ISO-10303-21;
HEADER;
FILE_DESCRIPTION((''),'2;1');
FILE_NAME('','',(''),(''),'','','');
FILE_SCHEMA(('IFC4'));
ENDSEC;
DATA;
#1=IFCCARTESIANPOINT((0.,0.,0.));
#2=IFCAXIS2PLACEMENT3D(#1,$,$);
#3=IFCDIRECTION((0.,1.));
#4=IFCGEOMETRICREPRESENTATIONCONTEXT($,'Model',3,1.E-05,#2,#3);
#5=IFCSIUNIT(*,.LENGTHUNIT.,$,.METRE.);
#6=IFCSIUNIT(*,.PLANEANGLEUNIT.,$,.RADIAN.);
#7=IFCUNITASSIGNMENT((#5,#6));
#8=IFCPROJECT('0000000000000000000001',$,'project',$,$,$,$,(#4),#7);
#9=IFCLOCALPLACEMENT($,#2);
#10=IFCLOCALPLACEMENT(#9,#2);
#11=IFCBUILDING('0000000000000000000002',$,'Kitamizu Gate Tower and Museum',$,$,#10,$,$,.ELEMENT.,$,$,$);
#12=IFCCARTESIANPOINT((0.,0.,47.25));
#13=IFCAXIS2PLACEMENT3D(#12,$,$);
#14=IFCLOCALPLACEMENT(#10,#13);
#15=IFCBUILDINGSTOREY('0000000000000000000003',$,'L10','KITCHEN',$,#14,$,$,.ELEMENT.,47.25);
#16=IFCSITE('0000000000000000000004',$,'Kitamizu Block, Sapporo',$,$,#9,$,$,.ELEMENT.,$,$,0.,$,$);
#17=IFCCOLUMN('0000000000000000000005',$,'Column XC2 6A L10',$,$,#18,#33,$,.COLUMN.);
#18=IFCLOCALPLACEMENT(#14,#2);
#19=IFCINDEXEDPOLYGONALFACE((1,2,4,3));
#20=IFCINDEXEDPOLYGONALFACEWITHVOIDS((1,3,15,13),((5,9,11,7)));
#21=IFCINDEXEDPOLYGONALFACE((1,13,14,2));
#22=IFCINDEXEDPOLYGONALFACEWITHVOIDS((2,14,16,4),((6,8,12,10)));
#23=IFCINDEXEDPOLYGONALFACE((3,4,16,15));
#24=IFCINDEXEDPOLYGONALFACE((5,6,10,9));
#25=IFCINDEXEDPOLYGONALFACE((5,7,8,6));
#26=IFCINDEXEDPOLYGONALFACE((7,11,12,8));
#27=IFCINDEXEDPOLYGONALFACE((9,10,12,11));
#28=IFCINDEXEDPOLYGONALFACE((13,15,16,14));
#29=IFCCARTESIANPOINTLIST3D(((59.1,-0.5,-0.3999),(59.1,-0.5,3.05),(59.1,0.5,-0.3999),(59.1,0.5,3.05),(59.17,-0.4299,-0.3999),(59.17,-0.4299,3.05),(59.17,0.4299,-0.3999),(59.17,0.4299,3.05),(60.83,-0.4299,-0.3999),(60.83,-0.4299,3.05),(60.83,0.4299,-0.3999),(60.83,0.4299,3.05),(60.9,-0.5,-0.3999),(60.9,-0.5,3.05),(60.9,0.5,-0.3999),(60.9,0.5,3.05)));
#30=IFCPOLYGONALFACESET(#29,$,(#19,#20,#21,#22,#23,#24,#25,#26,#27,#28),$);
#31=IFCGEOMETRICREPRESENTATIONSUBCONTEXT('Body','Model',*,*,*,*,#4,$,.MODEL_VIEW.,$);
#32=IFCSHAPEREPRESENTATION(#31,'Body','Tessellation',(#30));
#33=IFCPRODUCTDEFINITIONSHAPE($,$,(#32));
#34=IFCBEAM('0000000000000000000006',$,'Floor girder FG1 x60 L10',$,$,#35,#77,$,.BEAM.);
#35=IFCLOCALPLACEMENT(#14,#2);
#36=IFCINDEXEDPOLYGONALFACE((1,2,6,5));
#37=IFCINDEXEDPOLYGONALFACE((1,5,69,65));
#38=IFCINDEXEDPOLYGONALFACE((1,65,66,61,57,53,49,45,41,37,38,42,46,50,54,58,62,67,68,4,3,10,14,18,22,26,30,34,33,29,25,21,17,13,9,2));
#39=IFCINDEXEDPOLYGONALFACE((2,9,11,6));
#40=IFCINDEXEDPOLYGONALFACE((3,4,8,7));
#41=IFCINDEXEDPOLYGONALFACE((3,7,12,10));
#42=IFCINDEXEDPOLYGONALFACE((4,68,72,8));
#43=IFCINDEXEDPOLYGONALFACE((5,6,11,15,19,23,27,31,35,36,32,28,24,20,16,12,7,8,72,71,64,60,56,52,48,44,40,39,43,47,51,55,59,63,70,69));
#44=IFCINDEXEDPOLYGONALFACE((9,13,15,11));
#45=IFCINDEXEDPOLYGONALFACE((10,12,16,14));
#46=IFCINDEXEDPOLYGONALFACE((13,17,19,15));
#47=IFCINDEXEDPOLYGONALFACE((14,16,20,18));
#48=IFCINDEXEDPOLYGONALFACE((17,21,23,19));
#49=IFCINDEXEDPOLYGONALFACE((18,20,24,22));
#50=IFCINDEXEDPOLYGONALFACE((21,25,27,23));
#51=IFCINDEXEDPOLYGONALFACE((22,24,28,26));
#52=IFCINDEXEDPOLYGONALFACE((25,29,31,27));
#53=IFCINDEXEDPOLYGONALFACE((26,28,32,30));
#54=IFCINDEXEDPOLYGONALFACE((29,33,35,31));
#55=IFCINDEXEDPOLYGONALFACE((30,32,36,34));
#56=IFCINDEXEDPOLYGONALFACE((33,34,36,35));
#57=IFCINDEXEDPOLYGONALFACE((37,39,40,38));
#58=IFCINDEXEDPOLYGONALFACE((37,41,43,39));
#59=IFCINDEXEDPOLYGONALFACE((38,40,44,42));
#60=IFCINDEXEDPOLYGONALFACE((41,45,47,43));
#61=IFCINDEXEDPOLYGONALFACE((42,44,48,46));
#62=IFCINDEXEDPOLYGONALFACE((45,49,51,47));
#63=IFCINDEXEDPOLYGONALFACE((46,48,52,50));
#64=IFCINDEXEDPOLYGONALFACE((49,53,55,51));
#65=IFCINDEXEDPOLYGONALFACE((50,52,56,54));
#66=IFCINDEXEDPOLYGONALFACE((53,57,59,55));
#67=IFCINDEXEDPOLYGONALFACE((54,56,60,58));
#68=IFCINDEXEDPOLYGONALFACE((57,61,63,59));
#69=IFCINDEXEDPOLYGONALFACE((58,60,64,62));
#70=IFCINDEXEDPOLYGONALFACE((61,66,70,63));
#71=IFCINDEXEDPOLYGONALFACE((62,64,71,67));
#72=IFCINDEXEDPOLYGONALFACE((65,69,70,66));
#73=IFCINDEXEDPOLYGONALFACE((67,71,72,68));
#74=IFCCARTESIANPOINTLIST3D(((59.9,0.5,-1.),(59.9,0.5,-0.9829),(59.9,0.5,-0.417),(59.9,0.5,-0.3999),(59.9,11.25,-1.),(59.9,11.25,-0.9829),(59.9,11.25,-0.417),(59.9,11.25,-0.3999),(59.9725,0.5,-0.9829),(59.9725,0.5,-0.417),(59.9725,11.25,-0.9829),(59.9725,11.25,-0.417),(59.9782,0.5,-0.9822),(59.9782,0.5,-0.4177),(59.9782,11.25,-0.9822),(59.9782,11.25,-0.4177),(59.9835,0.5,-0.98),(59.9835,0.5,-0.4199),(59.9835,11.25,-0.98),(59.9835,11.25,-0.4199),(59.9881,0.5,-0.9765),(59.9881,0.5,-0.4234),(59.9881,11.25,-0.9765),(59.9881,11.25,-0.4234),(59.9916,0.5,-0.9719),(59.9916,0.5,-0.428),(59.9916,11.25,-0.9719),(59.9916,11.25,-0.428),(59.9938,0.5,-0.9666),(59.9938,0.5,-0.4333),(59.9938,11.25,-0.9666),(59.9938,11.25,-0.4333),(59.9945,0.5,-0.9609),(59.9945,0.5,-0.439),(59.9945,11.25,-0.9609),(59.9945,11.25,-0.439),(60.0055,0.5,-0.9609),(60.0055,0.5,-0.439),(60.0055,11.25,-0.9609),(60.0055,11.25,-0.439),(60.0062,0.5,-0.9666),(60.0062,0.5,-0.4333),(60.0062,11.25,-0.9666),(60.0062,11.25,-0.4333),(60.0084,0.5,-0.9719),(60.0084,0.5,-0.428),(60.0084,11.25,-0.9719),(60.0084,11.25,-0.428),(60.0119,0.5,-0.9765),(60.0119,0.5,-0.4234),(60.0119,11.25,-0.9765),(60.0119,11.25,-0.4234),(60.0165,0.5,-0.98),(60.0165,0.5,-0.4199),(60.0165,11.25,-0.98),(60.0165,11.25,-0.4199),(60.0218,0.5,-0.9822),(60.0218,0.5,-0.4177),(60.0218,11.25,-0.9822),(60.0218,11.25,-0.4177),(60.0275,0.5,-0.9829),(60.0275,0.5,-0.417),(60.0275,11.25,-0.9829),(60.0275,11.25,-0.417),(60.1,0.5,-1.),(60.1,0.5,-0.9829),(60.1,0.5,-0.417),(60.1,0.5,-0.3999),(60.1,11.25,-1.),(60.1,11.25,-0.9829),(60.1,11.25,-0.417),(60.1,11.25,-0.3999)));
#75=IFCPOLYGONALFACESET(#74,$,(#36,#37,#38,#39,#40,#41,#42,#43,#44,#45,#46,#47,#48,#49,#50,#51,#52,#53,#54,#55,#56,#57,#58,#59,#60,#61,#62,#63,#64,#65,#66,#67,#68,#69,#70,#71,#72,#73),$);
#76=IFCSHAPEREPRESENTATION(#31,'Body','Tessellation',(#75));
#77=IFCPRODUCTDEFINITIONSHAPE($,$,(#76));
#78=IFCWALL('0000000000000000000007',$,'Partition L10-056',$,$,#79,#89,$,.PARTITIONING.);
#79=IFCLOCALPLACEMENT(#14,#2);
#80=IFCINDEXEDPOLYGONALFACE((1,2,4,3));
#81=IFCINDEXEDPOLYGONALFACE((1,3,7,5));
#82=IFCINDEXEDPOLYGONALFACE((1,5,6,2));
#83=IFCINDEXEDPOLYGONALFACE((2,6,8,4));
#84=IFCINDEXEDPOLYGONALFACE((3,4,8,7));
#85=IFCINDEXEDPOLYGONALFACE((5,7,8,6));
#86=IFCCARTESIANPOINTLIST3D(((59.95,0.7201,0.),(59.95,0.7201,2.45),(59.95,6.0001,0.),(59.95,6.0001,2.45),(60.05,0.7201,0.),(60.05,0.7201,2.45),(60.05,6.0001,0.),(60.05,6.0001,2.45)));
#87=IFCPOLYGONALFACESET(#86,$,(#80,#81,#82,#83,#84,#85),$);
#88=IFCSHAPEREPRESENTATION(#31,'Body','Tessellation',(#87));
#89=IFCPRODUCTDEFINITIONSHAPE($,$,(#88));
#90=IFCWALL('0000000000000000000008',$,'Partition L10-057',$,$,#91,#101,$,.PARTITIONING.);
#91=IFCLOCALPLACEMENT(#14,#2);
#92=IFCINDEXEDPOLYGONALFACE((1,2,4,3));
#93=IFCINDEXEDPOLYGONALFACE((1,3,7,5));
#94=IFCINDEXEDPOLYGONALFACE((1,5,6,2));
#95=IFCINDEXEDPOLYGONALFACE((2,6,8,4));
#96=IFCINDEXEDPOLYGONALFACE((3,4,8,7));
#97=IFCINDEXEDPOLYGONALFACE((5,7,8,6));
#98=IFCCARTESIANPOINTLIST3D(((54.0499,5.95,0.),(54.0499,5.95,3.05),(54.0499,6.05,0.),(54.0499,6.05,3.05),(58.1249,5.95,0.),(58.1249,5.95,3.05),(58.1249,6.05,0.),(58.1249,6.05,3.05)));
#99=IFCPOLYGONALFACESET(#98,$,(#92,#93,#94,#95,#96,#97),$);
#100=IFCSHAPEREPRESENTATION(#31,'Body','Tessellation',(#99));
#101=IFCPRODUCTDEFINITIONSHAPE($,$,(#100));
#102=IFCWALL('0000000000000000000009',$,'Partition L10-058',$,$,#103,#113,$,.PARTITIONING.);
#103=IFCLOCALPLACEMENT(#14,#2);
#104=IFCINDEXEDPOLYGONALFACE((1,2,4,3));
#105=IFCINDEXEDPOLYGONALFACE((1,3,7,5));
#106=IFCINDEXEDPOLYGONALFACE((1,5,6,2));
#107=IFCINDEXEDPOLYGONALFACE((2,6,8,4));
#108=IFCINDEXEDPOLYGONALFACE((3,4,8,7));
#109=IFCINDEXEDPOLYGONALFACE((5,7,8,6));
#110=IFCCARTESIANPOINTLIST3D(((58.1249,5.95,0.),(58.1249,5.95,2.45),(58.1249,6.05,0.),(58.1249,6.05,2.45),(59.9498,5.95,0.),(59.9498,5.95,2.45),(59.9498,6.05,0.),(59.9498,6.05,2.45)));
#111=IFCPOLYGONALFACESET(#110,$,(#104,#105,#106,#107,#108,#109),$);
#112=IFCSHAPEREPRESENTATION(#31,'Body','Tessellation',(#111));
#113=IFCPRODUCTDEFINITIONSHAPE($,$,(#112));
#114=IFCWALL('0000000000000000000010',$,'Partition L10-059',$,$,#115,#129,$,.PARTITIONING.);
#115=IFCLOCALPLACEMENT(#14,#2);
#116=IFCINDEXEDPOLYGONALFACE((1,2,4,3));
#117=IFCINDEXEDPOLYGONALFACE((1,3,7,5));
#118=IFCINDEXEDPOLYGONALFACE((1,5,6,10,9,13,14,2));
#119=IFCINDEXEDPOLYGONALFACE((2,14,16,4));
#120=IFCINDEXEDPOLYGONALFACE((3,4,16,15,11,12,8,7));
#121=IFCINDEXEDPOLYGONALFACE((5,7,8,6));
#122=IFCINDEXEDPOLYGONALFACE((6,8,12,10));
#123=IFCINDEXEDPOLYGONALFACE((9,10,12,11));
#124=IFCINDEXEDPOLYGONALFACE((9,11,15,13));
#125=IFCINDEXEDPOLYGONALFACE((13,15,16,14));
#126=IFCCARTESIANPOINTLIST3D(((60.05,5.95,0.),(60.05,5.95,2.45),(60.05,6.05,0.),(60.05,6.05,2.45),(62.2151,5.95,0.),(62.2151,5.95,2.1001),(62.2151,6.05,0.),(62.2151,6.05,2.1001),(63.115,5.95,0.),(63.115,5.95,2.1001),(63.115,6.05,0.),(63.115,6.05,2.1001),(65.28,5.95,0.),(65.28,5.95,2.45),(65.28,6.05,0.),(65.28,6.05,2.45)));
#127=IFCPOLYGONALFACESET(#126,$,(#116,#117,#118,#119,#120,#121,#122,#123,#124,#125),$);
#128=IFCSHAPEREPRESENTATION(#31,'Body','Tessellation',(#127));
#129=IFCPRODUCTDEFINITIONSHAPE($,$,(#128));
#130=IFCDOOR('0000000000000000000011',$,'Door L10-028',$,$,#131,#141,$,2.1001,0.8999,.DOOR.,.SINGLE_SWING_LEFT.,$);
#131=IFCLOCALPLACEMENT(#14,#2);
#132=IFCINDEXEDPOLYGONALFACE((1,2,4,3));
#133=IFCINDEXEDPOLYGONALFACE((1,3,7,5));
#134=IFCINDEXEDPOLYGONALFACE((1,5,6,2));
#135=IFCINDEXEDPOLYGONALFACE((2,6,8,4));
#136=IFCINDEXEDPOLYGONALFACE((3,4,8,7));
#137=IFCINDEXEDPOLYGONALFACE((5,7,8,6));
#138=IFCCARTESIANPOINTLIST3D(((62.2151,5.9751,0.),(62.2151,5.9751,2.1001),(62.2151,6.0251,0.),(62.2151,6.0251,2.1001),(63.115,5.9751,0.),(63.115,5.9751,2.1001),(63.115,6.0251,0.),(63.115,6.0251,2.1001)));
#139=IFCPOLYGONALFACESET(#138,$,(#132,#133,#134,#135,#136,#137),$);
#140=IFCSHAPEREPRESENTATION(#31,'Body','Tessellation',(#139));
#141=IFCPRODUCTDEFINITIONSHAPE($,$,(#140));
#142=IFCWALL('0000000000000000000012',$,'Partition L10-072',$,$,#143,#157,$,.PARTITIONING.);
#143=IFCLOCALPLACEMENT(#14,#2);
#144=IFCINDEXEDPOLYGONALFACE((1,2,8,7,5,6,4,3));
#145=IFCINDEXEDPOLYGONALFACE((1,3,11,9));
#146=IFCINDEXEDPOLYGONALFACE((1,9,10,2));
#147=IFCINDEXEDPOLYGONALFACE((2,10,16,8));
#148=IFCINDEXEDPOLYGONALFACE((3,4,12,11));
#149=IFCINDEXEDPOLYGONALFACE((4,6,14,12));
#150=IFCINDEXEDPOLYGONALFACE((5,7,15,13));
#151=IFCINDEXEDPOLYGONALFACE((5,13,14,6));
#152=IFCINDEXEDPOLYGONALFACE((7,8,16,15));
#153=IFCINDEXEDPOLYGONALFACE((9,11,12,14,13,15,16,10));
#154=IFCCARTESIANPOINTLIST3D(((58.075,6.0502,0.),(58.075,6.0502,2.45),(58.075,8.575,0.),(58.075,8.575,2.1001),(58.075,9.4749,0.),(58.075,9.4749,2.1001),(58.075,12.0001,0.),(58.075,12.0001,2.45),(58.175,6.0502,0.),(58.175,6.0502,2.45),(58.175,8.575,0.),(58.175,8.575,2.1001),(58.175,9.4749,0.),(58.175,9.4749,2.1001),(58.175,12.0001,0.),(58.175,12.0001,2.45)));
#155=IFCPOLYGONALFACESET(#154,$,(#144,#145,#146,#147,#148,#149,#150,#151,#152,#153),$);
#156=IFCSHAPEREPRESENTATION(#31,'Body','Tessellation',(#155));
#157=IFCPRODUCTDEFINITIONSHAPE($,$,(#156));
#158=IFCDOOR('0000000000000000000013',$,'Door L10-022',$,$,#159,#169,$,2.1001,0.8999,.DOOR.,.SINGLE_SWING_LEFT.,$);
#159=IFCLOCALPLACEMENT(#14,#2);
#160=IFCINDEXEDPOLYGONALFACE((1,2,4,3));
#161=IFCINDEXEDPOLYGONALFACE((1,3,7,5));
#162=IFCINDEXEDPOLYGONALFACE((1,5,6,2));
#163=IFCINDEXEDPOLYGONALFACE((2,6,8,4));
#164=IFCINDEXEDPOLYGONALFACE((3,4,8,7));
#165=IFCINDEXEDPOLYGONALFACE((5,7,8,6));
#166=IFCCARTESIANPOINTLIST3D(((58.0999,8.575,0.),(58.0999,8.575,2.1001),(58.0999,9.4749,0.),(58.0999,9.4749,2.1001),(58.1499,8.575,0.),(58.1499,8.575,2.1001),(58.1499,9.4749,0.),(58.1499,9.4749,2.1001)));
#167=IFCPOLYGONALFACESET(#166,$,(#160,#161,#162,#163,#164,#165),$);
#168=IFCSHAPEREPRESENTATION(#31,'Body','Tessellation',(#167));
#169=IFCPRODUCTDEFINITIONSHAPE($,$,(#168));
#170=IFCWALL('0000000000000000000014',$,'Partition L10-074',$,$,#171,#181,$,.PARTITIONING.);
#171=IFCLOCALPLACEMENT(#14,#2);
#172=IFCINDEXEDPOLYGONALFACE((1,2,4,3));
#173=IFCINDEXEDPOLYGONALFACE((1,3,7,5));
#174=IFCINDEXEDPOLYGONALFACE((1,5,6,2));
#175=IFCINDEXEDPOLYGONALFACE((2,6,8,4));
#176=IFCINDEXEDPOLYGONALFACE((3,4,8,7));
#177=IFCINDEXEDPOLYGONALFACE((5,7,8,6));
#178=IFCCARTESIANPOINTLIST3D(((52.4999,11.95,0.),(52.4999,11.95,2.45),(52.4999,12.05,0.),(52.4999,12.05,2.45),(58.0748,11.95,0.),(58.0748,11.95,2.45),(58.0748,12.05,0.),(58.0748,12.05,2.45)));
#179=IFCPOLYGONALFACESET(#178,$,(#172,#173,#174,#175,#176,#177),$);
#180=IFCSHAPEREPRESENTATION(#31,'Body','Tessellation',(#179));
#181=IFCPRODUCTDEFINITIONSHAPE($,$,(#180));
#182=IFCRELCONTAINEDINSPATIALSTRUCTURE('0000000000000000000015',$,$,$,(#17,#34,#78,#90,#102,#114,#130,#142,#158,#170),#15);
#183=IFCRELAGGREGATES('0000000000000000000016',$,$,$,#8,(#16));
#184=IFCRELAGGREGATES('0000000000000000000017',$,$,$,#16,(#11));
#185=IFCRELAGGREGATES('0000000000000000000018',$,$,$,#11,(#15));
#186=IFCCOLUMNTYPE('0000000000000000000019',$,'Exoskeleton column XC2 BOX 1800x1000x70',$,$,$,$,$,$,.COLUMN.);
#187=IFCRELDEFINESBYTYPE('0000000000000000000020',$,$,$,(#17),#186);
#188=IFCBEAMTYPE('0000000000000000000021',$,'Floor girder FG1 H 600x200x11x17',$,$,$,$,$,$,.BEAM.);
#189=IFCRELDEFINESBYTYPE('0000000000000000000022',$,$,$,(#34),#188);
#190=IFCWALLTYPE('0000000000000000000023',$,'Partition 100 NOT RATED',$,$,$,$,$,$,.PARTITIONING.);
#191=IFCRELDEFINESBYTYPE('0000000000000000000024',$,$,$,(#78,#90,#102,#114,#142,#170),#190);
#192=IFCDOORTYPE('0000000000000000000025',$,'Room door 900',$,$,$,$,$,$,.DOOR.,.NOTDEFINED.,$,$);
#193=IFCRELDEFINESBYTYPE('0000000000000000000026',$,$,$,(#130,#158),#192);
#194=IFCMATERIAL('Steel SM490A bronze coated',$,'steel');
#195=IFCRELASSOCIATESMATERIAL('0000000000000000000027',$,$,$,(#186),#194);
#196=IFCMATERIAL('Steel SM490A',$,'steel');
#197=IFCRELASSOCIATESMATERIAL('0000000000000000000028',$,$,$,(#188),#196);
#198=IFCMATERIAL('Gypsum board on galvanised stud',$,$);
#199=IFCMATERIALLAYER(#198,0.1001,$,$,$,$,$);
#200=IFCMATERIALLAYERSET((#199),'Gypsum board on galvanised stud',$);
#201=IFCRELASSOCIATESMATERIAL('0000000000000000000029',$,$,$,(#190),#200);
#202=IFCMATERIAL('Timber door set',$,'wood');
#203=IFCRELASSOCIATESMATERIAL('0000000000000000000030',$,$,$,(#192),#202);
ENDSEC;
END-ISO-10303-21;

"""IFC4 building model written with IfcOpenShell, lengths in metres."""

from ifc_helpers import new_model, si_unit, direction, frame, frame_2d, origin, origin_2d, place, context, subcontext, project, spatial, rectangle, hollow_rectangle, i_section, extrude, material, layer, layer_set, material_profile, profile_set, type_object, element, fill, save


model = new_model("IFC4")

# Units and contexts
model_context = context("Model", 3, precision=1e-05, world=origin(), true_north=direction((0.0, 1.0)))
body_context = subcontext(model_context, "Body", "Model", "MODEL_VIEW")
ifc_project = project(units=[si_unit("LENGTHUNIT", "METRE"), si_unit("PLANEANGLEUNIT", "RADIAN")], contexts=[model_context])

# Site, building, storey
site_placement = place(None, origin())
site = spatial("IfcSite", under=ifc_project, at=site_placement, Name="Kitamizu Block, Sapporo", CompositionType="ELEMENT", RefElevation=0.0)
building_placement = place(site_placement, origin())
building = spatial("IfcBuilding", under=site, at=building_placement, Name="Kitamizu Gate Tower and Museum", CompositionType="ELEMENT")
storey_placement = place(building_placement, frame((0.0, 0.0, 47.25)))
storey = spatial("IfcBuildingStorey", under=building, at=storey_placement, Name="L10", Description="KITCHEN", CompositionType="ELEMENT", Elevation=47.25)

# Column
ifc_material_1 = material(Name="Steel SM490A bronze coated", Category="steel")
ifc_material_profile_1 = material_profile(ifc_material_1, hollow_rectangle(XDim=1.8, YDim=1.0, WallThickness=0.0701, at=origin_2d()), Name="BOX 1800x1000x70")
ifc_profile_set_1 = profile_set([ifc_material_profile_1], Name="Steel SM490A bronze coated")
column_type = type_object("IfcColumnType", Name="Exoskeleton column XC2 BOX 1800x1000x70", PredefinedType="COLUMN", material=ifc_profile_set_1)
column_placement = place(storey_placement, frame((60.0, 0.0, -0.3999), z_axis=(0.0, 0.0, 1.0), x_axis=(1.0, 0.0, 0.0)))
element("IfcColumn", 1, at=column_placement, inside=storey, type_object=column_type, Name="Column XC2 6A L10", PredefinedType="COLUMN", context=body_context, shape_type="SweptSolid", body=[
    extrude(hollow_rectangle(XDim=1.8, YDim=1.0, WallThickness=0.0701, at=origin_2d()), origin(), (0.0, 0.0, 1.0), 3.45),
])

# Beam
ifc_material_2 = material(Name="Steel SM490A", Category="steel")
ifc_material_profile_2 = material_profile(ifc_material_2, i_section(OverallWidth=0.2, OverallDepth=0.6001, WebThickness=0.011, FlangeThickness=0.0171, FilletRadius=0.022, at=origin_2d()), Name="H-600x200x11x17")
ifc_profile_set_2 = profile_set([ifc_material_profile_2], Name="Steel SM490A")
beam_type = type_object("IfcBeamType", Name="Floor girder FG1 H 600x200x11x17", PredefinedType="BEAM", material=ifc_profile_set_2)
beam_placement = place(storey_placement, frame((60.0, 0.5, -0.7), z_axis=(0.0, 1.0, 0.0), x_axis=(-1.0, 0.0, 0.0)))
element("IfcBeam", 2, at=beam_placement, inside=storey, type_object=beam_type, Name="Floor girder FG1 x60 L10", PredefinedType="BEAM", context=body_context, shape_type="SweptSolid", body=[
    extrude(i_section(OverallWidth=0.2, OverallDepth=0.6001, WebThickness=0.011, FlangeThickness=0.0171, FilletRadius=0.022, at=origin_2d()), origin(), (0.0, 0.0, 1.0), 10.75),
])

# Walls
ifc_material_3 = material(Name="Gypsum board on galvanised stud")
ifc_layer_1 = layer(ifc_material_3, 0.1001)
ifc_layer_set_1 = layer_set([ifc_layer_1], Name="Gypsum board on galvanised stud")
wall_type_1 = type_object("IfcWallType", Name="Partition 100 NOT RATED", PredefinedType="PARTITIONING", material=ifc_layer_set_1)
wall_1_placement = place(storey_placement, frame((60.0, 0.72, 0.0), z_axis=(0.0, 0.0, 1.0), x_axis=(0.0, 1.0, 0.0)))
element("IfcWall", 3, at=wall_1_placement, inside=storey, type_object=wall_type_1, Name="Partition L10-056", PredefinedType="PARTITIONING", context=body_context, shape_type="SweptSolid", body=[
    extrude(rectangle(XDim=5.28, YDim=0.1001, at=frame_2d((2.6401, 0.0))), origin(), (0.0, 0.0, 1.0), 2.45),
])
wall_2_placement = place(storey_placement, frame((58.125, 6.0, 0.0), z_axis=(0.0, 0.0, 1.0), x_axis=(-1.0, 0.0, 0.0)))
element("IfcWall", 4, at=wall_2_placement, inside=storey, type_object=wall_type_1, Name="Partition L10-057", PredefinedType="PARTITIONING", context=body_context, shape_type="SweptSolid", body=[
    extrude(rectangle(XDim=4.075, YDim=0.1001, at=frame_2d((2.0376, 0.0))), origin(), (0.0, 0.0, 1.0), 3.05),
])
wall_3_placement = place(storey_placement, frame((59.95, 6.0, 0.0), z_axis=(0.0, 0.0, 1.0), x_axis=(-1.0, 0.0, 0.0)))
element("IfcWall", 5, at=wall_3_placement, inside=storey, type_object=wall_type_1, Name="Partition L10-058", PredefinedType="PARTITIONING", context=body_context, shape_type="SweptSolid", body=[
    extrude(rectangle(XDim=1.825, YDim=0.1001, at=frame_2d((0.9126, 0.0))), origin(), (0.0, 0.0, 1.0), 2.45),
])

# Walls, openings, doors
wall_4_placement = place(storey_placement, frame((65.28, 6.0, 0.0), z_axis=(0.0, 0.0, 1.0), x_axis=(-1.0, 0.0, 0.0)))
wall_4 = element("IfcWall", 6, at=wall_4_placement, inside=storey, type_object=wall_type_1, Name="Partition L10-059", PredefinedType="PARTITIONING", context=body_context, shape_type="SweptSolid", body=[
    extrude(rectangle(XDim=5.23, YDim=0.1001, at=frame_2d((2.615, 0.0))), origin(), (0.0, 0.0, 1.0), 2.45),
])
opening_1_placement = place(wall_4_placement, frame((2.165, 0.0, 0.0)))
opening_1 = element("IfcOpeningElement", 7, at=opening_1_placement, cuts=wall_4, PredefinedType="OPENING", context=body_context, shape_type="SweptSolid", body=[
    extrude(rectangle(XDim=0.8999, YDim=2.1001, at=frame_2d((0.45, 1.05))), frame((0.0, 0.0601, 0.0), z_axis=(0.0, -1.0, 0.0), x_axis=(1.0, 0.0, 0.0)), (0.0, 0.0, 1.0), 0.1201),
])
ifc_material_4 = material(Name="Timber door set", Category="wood")
door_type = type_object("IfcDoorType", Name="Room door 900", OperationType="NOTDEFINED", PredefinedType="DOOR", material=ifc_material_4)
door_1_placement = place(opening_1_placement, origin())
door_1 = element("IfcDoor", 8, at=door_1_placement, inside=storey, type_object=door_type, Name="Door L10-028", OperationType="SINGLE_SWING_LEFT", OverallHeight=2.1001, OverallWidth=0.8999, PredefinedType="DOOR", context=body_context, shape_type="SweptSolid", body=[
    extrude(rectangle(XDim=0.8999, YDim=2.1001, at=frame_2d((0.45, 1.05))), frame((0.0, 0.0249, 0.0), z_axis=(0.0, -1.0, 0.0), x_axis=(1.0, 0.0, 0.0)), (0.0, 0.0, 1.0), 0.05),
])
fill(opening_1, door_1)
wall_5_placement = place(storey_placement, frame((58.125, 6.05, 0.0), z_axis=(0.0, 0.0, 1.0), x_axis=(0.0, 1.0, 0.0)))
wall_5 = element("IfcWall", 9, at=wall_5_placement, inside=storey, type_object=wall_type_1, Name="Partition L10-072", PredefinedType="PARTITIONING", context=body_context, shape_type="SweptSolid", body=[
    extrude(rectangle(XDim=5.95, YDim=0.1001, at=frame_2d((2.9751, 0.0))), origin(), (0.0, 0.0, 1.0), 2.45),
])
opening_2_placement = place(wall_5_placement, frame((2.5249, 0.0, 0.0)))
opening_2 = element("IfcOpeningElement", 10, at=opening_2_placement, cuts=wall_5, PredefinedType="OPENING", context=body_context, shape_type="SweptSolid", body=[
    extrude(rectangle(XDim=0.8999, YDim=2.1001, at=frame_2d((0.45, 1.05))), frame((0.0, 0.0601, 0.0), z_axis=(0.0, -1.0, 0.0), x_axis=(1.0, 0.0, 0.0)), (0.0, 0.0, 1.0), 0.1201),
])
door_2_placement = place(opening_2_placement, frame((0.8999, 0.0, 0.0), x_axis=(-1.0, 0.0, 0.0)))
door_2 = element("IfcDoor", 11, at=door_2_placement, inside=storey, type_object=door_type, Name="Door L10-022", OperationType="SINGLE_SWING_LEFT", OverallHeight=2.1001, OverallWidth=0.8999, PredefinedType="DOOR", context=body_context, shape_type="SweptSolid", body=[
    extrude(rectangle(XDim=0.8999, YDim=2.1001, at=frame_2d((0.45, 1.05))), frame((0.0, 0.0249, 0.0), z_axis=(0.0, -1.0, 0.0), x_axis=(1.0, 0.0, 0.0)), (0.0, 0.0, 1.0), 0.05),
])
fill(opening_2, door_2)

# Wall
wall_6_placement = place(storey_placement, frame((58.075, 12.0, 0.0), z_axis=(0.0, 0.0, 1.0), x_axis=(-1.0, 0.0, 0.0)))
element("IfcWall", 12, at=wall_6_placement, inside=storey, type_object=wall_type_1, Name="Partition L10-074", PredefinedType="PARTITIONING", context=body_context, shape_type="SweptSolid", body=[
    extrude(rectangle(XDim=5.575, YDim=0.1001, at=frame_2d((2.7876, 0.0))), origin(), (0.0, 0.0, 1.0), 2.45),
])

save(model, "model.ifc")
